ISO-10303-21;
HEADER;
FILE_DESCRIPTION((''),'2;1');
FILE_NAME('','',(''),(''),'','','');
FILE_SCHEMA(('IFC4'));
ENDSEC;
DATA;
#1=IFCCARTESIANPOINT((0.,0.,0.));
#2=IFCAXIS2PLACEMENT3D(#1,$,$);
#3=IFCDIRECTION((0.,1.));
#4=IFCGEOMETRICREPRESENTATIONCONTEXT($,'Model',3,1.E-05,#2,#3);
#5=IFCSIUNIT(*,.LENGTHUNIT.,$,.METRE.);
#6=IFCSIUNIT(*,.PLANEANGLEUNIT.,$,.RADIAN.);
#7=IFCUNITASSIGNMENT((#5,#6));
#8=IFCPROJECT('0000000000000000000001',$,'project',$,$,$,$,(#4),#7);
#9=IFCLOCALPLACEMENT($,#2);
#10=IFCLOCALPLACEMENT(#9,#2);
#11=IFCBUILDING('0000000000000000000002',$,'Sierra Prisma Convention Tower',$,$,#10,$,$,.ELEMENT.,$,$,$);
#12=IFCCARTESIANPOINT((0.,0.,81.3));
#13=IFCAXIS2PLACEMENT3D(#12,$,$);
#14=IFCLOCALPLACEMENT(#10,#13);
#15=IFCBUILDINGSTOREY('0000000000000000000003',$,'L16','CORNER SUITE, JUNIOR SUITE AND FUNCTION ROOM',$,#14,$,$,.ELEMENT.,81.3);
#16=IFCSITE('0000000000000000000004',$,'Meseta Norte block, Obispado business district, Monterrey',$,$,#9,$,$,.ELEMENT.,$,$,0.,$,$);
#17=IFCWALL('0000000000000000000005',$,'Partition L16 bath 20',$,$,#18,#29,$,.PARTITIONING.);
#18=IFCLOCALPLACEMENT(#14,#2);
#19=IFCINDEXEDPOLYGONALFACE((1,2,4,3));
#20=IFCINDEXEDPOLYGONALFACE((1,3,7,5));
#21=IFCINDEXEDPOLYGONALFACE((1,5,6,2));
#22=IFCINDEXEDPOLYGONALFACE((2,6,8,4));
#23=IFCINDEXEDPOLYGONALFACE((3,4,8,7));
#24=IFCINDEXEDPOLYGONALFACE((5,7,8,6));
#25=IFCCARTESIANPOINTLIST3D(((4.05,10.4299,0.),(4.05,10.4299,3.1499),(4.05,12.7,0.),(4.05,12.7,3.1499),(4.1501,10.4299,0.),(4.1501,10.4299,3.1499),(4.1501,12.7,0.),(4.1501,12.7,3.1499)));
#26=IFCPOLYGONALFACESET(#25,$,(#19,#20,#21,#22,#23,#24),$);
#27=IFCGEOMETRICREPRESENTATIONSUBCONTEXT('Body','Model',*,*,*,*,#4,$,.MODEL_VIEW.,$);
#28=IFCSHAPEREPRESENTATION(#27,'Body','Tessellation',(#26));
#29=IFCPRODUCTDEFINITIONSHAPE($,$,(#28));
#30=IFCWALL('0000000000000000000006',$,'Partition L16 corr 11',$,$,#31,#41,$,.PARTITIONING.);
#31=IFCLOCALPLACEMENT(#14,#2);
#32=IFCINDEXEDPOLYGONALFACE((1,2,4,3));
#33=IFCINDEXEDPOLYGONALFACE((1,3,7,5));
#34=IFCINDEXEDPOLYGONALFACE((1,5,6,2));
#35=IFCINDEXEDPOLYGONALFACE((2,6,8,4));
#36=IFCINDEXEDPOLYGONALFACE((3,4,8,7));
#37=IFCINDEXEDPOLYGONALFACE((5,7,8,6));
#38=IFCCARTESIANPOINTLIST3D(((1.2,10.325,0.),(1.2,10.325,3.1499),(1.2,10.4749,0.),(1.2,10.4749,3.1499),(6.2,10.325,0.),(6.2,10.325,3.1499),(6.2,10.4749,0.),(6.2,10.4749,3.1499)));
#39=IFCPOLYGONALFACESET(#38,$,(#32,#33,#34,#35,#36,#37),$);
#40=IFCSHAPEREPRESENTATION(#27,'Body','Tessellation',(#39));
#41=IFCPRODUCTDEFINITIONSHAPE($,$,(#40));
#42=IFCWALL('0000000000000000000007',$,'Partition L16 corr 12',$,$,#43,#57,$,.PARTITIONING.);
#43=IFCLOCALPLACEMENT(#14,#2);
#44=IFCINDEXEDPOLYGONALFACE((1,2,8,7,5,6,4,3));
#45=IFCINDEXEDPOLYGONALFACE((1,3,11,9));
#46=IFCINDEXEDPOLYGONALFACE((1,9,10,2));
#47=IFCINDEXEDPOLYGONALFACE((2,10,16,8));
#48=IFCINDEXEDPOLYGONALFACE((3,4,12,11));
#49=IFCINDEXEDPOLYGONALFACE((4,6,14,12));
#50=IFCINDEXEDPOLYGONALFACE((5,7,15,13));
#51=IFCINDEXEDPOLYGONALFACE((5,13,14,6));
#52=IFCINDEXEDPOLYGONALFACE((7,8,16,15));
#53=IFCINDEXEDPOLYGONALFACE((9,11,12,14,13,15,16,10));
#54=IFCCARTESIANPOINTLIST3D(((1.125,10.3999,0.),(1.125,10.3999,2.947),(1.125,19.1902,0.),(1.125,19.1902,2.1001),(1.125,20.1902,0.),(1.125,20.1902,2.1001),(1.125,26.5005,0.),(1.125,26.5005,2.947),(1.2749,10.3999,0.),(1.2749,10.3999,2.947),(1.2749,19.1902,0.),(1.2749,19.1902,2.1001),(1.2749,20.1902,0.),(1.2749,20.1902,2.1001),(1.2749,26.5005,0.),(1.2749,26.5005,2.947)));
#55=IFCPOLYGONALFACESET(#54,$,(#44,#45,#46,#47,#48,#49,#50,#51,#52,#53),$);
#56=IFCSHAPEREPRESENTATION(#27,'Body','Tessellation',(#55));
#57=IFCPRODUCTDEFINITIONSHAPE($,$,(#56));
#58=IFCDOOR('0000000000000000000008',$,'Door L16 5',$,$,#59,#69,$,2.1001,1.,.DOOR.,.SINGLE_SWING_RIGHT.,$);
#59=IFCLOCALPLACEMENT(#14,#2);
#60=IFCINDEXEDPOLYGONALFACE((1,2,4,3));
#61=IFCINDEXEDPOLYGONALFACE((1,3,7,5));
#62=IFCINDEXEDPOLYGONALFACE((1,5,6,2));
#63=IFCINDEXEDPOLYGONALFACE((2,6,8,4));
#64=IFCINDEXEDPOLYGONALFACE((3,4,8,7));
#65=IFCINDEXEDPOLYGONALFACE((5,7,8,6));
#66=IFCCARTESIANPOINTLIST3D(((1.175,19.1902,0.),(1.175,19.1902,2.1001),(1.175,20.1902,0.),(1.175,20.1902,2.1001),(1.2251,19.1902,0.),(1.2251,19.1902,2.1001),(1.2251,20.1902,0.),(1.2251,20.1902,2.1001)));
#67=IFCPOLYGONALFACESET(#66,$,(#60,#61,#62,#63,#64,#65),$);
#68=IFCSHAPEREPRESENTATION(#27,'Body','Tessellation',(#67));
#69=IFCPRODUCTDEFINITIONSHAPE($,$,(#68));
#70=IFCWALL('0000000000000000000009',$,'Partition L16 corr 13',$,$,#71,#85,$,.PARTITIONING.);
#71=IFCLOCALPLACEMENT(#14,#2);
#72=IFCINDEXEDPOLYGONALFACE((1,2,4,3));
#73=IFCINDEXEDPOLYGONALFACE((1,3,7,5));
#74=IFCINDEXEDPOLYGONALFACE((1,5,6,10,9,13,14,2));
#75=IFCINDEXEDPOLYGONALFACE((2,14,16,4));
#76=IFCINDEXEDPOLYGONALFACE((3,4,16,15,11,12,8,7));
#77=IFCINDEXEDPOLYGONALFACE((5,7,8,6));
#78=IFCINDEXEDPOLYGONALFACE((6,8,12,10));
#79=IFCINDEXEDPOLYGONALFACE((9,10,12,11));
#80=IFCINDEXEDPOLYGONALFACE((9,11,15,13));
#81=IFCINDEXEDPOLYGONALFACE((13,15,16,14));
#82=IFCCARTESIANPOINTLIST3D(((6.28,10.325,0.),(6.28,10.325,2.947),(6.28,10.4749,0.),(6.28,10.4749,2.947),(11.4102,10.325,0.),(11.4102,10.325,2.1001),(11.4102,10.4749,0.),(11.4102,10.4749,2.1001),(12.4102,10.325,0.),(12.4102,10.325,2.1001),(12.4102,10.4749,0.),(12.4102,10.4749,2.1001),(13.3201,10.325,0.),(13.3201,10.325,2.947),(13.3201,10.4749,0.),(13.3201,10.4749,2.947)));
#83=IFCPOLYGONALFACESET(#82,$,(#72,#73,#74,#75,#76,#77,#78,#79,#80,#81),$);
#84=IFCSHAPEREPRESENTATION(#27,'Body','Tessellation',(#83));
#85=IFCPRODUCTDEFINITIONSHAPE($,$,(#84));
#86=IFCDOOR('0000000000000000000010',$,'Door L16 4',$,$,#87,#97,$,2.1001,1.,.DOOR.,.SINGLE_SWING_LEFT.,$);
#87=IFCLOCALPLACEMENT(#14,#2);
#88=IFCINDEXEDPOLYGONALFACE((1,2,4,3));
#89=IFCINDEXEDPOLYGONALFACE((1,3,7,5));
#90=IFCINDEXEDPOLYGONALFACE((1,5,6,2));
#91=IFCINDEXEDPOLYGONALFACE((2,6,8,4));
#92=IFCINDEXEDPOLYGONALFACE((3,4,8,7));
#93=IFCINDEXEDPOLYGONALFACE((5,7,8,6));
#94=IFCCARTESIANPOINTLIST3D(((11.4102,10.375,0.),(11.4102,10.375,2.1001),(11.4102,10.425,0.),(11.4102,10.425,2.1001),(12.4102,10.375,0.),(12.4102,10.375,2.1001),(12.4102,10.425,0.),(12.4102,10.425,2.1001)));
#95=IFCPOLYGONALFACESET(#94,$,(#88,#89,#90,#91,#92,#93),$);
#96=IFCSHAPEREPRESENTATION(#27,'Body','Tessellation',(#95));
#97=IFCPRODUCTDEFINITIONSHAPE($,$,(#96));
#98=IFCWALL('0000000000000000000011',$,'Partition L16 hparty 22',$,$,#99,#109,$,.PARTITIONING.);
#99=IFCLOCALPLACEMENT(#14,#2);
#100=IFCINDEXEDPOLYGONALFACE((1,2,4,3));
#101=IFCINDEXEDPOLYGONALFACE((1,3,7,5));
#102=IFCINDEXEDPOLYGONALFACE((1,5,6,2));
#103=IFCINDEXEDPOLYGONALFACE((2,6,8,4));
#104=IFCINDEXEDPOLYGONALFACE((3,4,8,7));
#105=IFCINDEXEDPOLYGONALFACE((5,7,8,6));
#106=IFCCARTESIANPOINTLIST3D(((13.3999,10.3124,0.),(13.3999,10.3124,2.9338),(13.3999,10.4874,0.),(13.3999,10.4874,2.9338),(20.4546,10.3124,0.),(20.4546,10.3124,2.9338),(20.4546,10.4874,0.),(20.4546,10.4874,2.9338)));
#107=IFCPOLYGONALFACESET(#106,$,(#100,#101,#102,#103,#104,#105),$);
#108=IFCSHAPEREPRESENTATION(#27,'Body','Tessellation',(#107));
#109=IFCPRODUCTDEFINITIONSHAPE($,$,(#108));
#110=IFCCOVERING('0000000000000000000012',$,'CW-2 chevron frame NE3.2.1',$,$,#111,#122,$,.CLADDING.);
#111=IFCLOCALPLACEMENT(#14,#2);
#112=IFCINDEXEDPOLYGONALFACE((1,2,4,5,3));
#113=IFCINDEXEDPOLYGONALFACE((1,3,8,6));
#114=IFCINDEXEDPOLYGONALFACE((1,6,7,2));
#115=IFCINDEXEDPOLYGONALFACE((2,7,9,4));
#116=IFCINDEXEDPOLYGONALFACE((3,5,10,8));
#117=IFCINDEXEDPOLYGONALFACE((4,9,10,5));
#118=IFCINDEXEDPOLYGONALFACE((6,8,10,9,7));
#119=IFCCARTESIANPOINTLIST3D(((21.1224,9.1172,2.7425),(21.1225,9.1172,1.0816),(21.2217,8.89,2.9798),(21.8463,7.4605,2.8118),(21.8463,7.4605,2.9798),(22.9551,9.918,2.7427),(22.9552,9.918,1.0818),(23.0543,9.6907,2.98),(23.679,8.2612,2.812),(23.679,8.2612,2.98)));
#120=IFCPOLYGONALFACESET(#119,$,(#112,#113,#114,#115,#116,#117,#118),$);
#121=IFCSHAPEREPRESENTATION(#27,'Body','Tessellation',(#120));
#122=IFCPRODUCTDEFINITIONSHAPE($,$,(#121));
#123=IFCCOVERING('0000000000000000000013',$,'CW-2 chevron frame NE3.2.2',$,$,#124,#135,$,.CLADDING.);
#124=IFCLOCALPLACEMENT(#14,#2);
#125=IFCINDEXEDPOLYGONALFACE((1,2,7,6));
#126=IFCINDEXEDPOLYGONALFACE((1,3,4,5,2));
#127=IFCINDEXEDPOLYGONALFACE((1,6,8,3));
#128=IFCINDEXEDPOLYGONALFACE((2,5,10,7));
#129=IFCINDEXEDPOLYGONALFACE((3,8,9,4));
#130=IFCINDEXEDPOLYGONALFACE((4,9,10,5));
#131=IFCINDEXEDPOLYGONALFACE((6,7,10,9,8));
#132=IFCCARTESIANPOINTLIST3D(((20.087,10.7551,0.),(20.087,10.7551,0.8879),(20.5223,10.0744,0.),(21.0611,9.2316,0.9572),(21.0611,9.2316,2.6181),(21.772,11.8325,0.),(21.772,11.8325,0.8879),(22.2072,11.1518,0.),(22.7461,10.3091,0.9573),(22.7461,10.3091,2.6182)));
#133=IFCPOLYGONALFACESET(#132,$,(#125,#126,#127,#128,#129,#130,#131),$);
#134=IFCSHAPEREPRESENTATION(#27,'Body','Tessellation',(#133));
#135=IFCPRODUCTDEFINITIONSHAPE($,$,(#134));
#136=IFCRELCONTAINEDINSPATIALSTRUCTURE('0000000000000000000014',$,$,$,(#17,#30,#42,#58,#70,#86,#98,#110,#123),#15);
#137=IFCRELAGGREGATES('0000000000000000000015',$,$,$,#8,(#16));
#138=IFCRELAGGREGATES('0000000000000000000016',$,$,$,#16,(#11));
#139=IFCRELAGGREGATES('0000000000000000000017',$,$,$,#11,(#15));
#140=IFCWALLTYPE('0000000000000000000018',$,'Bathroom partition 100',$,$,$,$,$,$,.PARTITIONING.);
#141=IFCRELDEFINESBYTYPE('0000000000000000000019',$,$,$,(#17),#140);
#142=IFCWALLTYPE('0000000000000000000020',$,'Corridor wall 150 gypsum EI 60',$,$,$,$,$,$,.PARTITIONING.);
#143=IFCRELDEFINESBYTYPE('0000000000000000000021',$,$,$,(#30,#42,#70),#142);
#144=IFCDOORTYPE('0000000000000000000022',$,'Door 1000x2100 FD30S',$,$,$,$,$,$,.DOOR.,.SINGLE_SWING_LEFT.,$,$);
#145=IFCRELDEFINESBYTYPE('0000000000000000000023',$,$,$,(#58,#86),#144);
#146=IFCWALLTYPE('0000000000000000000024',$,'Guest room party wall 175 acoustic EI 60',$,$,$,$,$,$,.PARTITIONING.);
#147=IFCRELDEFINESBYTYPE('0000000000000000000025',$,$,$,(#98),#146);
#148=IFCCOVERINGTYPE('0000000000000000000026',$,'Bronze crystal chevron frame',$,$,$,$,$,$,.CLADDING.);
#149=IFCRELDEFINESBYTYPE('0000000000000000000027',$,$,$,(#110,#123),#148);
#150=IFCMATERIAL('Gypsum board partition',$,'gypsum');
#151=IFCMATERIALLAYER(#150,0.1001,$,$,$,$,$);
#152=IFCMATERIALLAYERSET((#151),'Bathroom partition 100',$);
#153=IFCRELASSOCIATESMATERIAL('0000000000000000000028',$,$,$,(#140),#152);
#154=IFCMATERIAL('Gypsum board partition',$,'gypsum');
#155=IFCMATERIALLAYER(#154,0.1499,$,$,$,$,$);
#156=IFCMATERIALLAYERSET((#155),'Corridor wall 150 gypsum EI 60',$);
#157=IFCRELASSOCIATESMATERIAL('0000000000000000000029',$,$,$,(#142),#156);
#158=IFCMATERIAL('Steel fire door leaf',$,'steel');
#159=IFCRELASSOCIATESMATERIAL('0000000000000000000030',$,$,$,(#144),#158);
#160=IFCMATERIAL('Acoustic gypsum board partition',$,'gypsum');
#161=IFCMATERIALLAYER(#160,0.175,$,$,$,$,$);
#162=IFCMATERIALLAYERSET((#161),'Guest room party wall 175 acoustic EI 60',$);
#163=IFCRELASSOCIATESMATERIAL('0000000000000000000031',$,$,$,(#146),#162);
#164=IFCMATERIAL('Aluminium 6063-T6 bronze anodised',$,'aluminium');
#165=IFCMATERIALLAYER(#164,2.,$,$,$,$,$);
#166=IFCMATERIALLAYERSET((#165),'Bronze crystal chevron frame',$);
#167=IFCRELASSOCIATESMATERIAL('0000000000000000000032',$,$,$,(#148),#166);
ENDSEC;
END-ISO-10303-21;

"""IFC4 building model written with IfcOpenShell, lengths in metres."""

from ifc_helpers import new_model, si_unit, direction, frame, frame_2d, origin, place, context, subcontext, project, spatial, polyline, rectangle, outline, extrude, material, layer, layer_set, type_object, element, fill, save


model = new_model("IFC4")

# Units and contexts
model_context = context("Model", 3, precision=1e-05, world=origin(), true_north=direction((0.0, 1.0)))
body_context = subcontext(model_context, "Body", "Model", "MODEL_VIEW")
ifc_project = project(units=[si_unit("LENGTHUNIT", "METRE"), si_unit("PLANEANGLEUNIT", "RADIAN")], contexts=[model_context])

# Site, building, storey
site_placement = place(None, origin())
site = spatial("IfcSite", under=ifc_project, at=site_placement, Name="Meseta Norte block, Obispado business district, Monterrey", CompositionType="ELEMENT", RefElevation=0.0)
building_placement = place(site_placement, origin())
building = spatial("IfcBuilding", under=site, at=building_placement, Name="Sierra Prisma Convention Tower", CompositionType="ELEMENT")
storey_placement = place(building_placement, frame((0.0, 0.0, 81.3)))
storey = spatial("IfcBuildingStorey", under=building, at=storey_placement, Name="L16", Description="CORNER SUITE, JUNIOR SUITE AND FUNCTION ROOM", CompositionType="ELEMENT", Elevation=81.3)

# Shared definitions
ifc_material_1 = material(Name="Gypsum board partition", Category="gypsum")
ifc_layer_1 = layer(ifc_material_1, 0.1001)
ifc_layer_set_1 = layer_set([ifc_layer_1], Name="Bathroom partition 100")
wall_type_1 = type_object("IfcWallType", Name="Bathroom partition 100", PredefinedType="PARTITIONING", material=ifc_layer_set_1)

# Walls
wall_1_placement = place(storey_placement, frame((4.1001, 12.7, 0.0), z_axis=(0.0, 0.0, 1.0), x_axis=(0.0, -1.0, 0.0)))
element("IfcWall", 1, at=wall_1_placement, inside=storey, type_object=wall_type_1, Name="Partition L16 bath 20", PredefinedType="PARTITIONING", context=body_context, shape_type="SweptSolid", body=[
    extrude(rectangle(XDim=2.27, YDim=0.1001, at=frame_2d((1.135, 0.0))), origin(), (0.0, 0.0, 1.0), 3.1499),
])
ifc_material_2 = material(Name="Gypsum board partition", Category="gypsum")
ifc_layer_2 = layer(ifc_material_2, 0.1499)
ifc_layer_set_2 = layer_set([ifc_layer_2], Name="Corridor wall 150 gypsum EI 60")
wall_type_2 = type_object("IfcWallType", Name="Corridor wall 150 gypsum EI 60", PredefinedType="PARTITIONING", material=ifc_layer_set_2)
wall_2_placement = place(storey_placement, frame((6.2, 10.3999, 0.0), z_axis=(0.0, 0.0, 1.0), x_axis=(-1.0, 0.0, 0.0)))
element("IfcWall", 2, at=wall_2_placement, inside=storey, type_object=wall_type_2, Name="Partition L16 corr 11", PredefinedType="PARTITIONING", context=body_context, shape_type="SweptSolid", body=[
    extrude(rectangle(XDim=5.0, YDim=0.1499, at=frame_2d((2.5, 0.0))), origin(), (0.0, 0.0, 1.0), 3.1499),
])

# Walls, openings, doors
wall_3_placement = place(storey_placement, frame((1.2, 10.3999, 0.0), z_axis=(0.0, 0.0, 1.0), x_axis=(0.0, 1.0, 0.0)))
wall_3 = element("IfcWall", 3, at=wall_3_placement, inside=storey, type_object=wall_type_2, Name="Partition L16 corr 12", PredefinedType="PARTITIONING", context=body_context, shape_type="SweptSolid", body=[
    extrude(rectangle(XDim=16.1006, YDim=0.1499, at=frame_2d((8.0503, 0.0))), origin(), (0.0, 0.0, 1.0), 2.947),
])
opening_1_placement = place(wall_3_placement, frame((8.7903, 0.0, 0.0)))
opening_1 = element("IfcOpeningElement", 4, at=opening_1_placement, cuts=wall_3, PredefinedType="OPENING", context=body_context, shape_type="SweptSolid", body=[
    extrude(rectangle(XDim=1.0, YDim=2.1001, at=frame_2d((0.5, 1.05))), frame((0.0, 0.075, 0.0), z_axis=(0.0, -1.0, 0.0), x_axis=(1.0, 0.0, 0.0)), (0.0, 0.0, 1.0), 0.1499),
])
ifc_material_3 = material(Name="Steel fire door leaf", Category="steel")
door_type_1 = type_object("IfcDoorType", Name="Door 1000x2100 FD30S", OperationType="SINGLE_SWING_LEFT", PredefinedType="DOOR", material=ifc_material_3)
door_1_placement = place(opening_1_placement, origin())
door_1 = element("IfcDoor", 5, at=door_1_placement, inside=storey, type_object=door_type_1, Name="Door L16 5", OperationType="SINGLE_SWING_RIGHT", OverallHeight=2.1001, OverallWidth=1.0, PredefinedType="DOOR", context=body_context, shape_type="SweptSolid", body=[
    extrude(rectangle(XDim=1.0, YDim=2.1001, at=frame_2d((0.5, 1.05))), frame((0.0, 0.0249, 0.0), z_axis=(0.0, -1.0, 0.0), x_axis=(1.0, 0.0, 0.0)), (0.0, 0.0, 1.0), 0.05),
])
fill(opening_1, door_1)
wall_4_placement = place(storey_placement, frame((13.3201, 10.3999, 0.0), z_axis=(0.0, 0.0, 1.0), x_axis=(-1.0, 0.0, 0.0)))
wall_4 = element("IfcWall", 6, at=wall_4_placement, inside=storey, type_object=wall_type_2, Name="Partition L16 corr 13", PredefinedType="PARTITIONING", context=body_context, shape_type="SweptSolid", body=[
    extrude(rectangle(XDim=7.04, YDim=0.1499, at=frame_2d((3.52, 0.0))), origin(), (0.0, 0.0, 1.0), 2.947),
])
opening_2_placement = place(wall_4_placement, frame((0.9099, 0.0, 0.0)))
opening_2 = element("IfcOpeningElement", 7, at=opening_2_placement, cuts=wall_4, PredefinedType="OPENING", context=body_context, shape_type="SweptSolid", body=[
    extrude(rectangle(XDim=1.0, YDim=2.1001, at=frame_2d((0.5, 1.05))), frame((0.0, 0.075, 0.0), z_axis=(0.0, -1.0, 0.0), x_axis=(1.0, 0.0, 0.0)), (0.0, 0.0, 1.0), 0.1499),
])
door_2_placement = place(opening_2_placement, origin())
door_2 = element("IfcDoor", 8, at=door_2_placement, inside=storey, type_object=door_type_1, Name="Door L16 4", OperationType="SINGLE_SWING_LEFT", OverallHeight=2.1001, OverallWidth=1.0, PredefinedType="DOOR", context=body_context, shape_type="SweptSolid", body=[
    extrude(rectangle(XDim=1.0, YDim=2.1001, at=frame_2d((0.5, 1.05))), frame((0.0, 0.0249, 0.0), z_axis=(0.0, -1.0, 0.0), x_axis=(1.0, 0.0, 0.0)), (0.0, 0.0, 1.0), 0.05),
])
fill(opening_2, door_2)

# Wall
ifc_material_4 = material(Name="Acoustic gypsum board partition", Category="gypsum")
ifc_layer_3 = layer(ifc_material_4, 0.175)
ifc_layer_set_3 = layer_set([ifc_layer_3], Name="Guest room party wall 175 acoustic EI 60")
wall_type_3 = type_object("IfcWallType", Name="Guest room party wall 175 acoustic EI 60", PredefinedType="PARTITIONING", material=ifc_layer_set_3)
wall_5_placement = place(storey_placement, frame((13.3999, 10.3999, 0.0), z_axis=(0.0, 0.0, 1.0), x_axis=(1.0, 0.0, 0.0)))
element("IfcWall", 9, at=wall_5_placement, inside=storey, type_object=wall_type_3, Name="Partition L16 hparty 22", PredefinedType="PARTITIONING", context=body_context, shape_type="SweptSolid", body=[
    extrude(rectangle(XDim=7.0547, YDim=0.175, at=frame_2d((3.5273, 0.0))), origin(), (0.0, 0.0, 1.0), 2.9338),
])

# Coverings
ifc_material_5 = material(Name="Aluminium 6063-T6 bronze anodised", Category="aluminium")
ifc_layer_4 = layer(ifc_material_5, 2.0)
ifc_layer_set_4 = layer_set([ifc_layer_4], Name="Bronze crystal chevron frame")
covering_type = type_object("IfcCoveringType", Name="Bronze crystal chevron frame", PredefinedType="CLADDING", material=ifc_layer_set_4)
covering_1_placement = place(storey_placement, frame((23.679, 8.2612, 2.98), z_axis=(0.916345, 0.40039, 0.000086), x_axis=(0.000079, 0.000034, -1.0)))
element("IfcCovering", 10, at=covering_1_placement, inside=storey, type_object=covering_type, Name="CW-2 chevron frame NE3.2.1", PredefinedType="CLADDING", context=body_context, shape_type="SweptSolid", body=[
    extrude(outline(polyline([(0.0, 0.0), (0.168, 0.0), (1.8982, 1.808), (0.2373, 1.808), (0.0, 1.56), (0.0, 0.0)])), origin(), (0.0, 0.0, -1.0), 2.0),
])
covering_2_placement = place(storey_placement, frame((21.772, 11.8325, 0.0), z_axis=(0.842486, 0.538718, 0.00002), x_axis=(-0.000017, -0.000011, 1.0)))
element("IfcCovering", 11, at=covering_2_placement, inside=storey, type_object=covering_type, Name="CW-2 chevron frame NE3.2.2", PredefinedType="CLADDING", context=body_context, shape_type="SweptSolid", body=[
    extrude(outline(polyline([(0.0, 0.0), (0.8879, 0.0), (2.6182, 1.8083), (0.9573, 1.8083), (0.0, 0.808), (0.0, 0.0)])), origin(), (0.0, 0.0, -1.0), 2.0),
])

save(model, "model.ifc")
